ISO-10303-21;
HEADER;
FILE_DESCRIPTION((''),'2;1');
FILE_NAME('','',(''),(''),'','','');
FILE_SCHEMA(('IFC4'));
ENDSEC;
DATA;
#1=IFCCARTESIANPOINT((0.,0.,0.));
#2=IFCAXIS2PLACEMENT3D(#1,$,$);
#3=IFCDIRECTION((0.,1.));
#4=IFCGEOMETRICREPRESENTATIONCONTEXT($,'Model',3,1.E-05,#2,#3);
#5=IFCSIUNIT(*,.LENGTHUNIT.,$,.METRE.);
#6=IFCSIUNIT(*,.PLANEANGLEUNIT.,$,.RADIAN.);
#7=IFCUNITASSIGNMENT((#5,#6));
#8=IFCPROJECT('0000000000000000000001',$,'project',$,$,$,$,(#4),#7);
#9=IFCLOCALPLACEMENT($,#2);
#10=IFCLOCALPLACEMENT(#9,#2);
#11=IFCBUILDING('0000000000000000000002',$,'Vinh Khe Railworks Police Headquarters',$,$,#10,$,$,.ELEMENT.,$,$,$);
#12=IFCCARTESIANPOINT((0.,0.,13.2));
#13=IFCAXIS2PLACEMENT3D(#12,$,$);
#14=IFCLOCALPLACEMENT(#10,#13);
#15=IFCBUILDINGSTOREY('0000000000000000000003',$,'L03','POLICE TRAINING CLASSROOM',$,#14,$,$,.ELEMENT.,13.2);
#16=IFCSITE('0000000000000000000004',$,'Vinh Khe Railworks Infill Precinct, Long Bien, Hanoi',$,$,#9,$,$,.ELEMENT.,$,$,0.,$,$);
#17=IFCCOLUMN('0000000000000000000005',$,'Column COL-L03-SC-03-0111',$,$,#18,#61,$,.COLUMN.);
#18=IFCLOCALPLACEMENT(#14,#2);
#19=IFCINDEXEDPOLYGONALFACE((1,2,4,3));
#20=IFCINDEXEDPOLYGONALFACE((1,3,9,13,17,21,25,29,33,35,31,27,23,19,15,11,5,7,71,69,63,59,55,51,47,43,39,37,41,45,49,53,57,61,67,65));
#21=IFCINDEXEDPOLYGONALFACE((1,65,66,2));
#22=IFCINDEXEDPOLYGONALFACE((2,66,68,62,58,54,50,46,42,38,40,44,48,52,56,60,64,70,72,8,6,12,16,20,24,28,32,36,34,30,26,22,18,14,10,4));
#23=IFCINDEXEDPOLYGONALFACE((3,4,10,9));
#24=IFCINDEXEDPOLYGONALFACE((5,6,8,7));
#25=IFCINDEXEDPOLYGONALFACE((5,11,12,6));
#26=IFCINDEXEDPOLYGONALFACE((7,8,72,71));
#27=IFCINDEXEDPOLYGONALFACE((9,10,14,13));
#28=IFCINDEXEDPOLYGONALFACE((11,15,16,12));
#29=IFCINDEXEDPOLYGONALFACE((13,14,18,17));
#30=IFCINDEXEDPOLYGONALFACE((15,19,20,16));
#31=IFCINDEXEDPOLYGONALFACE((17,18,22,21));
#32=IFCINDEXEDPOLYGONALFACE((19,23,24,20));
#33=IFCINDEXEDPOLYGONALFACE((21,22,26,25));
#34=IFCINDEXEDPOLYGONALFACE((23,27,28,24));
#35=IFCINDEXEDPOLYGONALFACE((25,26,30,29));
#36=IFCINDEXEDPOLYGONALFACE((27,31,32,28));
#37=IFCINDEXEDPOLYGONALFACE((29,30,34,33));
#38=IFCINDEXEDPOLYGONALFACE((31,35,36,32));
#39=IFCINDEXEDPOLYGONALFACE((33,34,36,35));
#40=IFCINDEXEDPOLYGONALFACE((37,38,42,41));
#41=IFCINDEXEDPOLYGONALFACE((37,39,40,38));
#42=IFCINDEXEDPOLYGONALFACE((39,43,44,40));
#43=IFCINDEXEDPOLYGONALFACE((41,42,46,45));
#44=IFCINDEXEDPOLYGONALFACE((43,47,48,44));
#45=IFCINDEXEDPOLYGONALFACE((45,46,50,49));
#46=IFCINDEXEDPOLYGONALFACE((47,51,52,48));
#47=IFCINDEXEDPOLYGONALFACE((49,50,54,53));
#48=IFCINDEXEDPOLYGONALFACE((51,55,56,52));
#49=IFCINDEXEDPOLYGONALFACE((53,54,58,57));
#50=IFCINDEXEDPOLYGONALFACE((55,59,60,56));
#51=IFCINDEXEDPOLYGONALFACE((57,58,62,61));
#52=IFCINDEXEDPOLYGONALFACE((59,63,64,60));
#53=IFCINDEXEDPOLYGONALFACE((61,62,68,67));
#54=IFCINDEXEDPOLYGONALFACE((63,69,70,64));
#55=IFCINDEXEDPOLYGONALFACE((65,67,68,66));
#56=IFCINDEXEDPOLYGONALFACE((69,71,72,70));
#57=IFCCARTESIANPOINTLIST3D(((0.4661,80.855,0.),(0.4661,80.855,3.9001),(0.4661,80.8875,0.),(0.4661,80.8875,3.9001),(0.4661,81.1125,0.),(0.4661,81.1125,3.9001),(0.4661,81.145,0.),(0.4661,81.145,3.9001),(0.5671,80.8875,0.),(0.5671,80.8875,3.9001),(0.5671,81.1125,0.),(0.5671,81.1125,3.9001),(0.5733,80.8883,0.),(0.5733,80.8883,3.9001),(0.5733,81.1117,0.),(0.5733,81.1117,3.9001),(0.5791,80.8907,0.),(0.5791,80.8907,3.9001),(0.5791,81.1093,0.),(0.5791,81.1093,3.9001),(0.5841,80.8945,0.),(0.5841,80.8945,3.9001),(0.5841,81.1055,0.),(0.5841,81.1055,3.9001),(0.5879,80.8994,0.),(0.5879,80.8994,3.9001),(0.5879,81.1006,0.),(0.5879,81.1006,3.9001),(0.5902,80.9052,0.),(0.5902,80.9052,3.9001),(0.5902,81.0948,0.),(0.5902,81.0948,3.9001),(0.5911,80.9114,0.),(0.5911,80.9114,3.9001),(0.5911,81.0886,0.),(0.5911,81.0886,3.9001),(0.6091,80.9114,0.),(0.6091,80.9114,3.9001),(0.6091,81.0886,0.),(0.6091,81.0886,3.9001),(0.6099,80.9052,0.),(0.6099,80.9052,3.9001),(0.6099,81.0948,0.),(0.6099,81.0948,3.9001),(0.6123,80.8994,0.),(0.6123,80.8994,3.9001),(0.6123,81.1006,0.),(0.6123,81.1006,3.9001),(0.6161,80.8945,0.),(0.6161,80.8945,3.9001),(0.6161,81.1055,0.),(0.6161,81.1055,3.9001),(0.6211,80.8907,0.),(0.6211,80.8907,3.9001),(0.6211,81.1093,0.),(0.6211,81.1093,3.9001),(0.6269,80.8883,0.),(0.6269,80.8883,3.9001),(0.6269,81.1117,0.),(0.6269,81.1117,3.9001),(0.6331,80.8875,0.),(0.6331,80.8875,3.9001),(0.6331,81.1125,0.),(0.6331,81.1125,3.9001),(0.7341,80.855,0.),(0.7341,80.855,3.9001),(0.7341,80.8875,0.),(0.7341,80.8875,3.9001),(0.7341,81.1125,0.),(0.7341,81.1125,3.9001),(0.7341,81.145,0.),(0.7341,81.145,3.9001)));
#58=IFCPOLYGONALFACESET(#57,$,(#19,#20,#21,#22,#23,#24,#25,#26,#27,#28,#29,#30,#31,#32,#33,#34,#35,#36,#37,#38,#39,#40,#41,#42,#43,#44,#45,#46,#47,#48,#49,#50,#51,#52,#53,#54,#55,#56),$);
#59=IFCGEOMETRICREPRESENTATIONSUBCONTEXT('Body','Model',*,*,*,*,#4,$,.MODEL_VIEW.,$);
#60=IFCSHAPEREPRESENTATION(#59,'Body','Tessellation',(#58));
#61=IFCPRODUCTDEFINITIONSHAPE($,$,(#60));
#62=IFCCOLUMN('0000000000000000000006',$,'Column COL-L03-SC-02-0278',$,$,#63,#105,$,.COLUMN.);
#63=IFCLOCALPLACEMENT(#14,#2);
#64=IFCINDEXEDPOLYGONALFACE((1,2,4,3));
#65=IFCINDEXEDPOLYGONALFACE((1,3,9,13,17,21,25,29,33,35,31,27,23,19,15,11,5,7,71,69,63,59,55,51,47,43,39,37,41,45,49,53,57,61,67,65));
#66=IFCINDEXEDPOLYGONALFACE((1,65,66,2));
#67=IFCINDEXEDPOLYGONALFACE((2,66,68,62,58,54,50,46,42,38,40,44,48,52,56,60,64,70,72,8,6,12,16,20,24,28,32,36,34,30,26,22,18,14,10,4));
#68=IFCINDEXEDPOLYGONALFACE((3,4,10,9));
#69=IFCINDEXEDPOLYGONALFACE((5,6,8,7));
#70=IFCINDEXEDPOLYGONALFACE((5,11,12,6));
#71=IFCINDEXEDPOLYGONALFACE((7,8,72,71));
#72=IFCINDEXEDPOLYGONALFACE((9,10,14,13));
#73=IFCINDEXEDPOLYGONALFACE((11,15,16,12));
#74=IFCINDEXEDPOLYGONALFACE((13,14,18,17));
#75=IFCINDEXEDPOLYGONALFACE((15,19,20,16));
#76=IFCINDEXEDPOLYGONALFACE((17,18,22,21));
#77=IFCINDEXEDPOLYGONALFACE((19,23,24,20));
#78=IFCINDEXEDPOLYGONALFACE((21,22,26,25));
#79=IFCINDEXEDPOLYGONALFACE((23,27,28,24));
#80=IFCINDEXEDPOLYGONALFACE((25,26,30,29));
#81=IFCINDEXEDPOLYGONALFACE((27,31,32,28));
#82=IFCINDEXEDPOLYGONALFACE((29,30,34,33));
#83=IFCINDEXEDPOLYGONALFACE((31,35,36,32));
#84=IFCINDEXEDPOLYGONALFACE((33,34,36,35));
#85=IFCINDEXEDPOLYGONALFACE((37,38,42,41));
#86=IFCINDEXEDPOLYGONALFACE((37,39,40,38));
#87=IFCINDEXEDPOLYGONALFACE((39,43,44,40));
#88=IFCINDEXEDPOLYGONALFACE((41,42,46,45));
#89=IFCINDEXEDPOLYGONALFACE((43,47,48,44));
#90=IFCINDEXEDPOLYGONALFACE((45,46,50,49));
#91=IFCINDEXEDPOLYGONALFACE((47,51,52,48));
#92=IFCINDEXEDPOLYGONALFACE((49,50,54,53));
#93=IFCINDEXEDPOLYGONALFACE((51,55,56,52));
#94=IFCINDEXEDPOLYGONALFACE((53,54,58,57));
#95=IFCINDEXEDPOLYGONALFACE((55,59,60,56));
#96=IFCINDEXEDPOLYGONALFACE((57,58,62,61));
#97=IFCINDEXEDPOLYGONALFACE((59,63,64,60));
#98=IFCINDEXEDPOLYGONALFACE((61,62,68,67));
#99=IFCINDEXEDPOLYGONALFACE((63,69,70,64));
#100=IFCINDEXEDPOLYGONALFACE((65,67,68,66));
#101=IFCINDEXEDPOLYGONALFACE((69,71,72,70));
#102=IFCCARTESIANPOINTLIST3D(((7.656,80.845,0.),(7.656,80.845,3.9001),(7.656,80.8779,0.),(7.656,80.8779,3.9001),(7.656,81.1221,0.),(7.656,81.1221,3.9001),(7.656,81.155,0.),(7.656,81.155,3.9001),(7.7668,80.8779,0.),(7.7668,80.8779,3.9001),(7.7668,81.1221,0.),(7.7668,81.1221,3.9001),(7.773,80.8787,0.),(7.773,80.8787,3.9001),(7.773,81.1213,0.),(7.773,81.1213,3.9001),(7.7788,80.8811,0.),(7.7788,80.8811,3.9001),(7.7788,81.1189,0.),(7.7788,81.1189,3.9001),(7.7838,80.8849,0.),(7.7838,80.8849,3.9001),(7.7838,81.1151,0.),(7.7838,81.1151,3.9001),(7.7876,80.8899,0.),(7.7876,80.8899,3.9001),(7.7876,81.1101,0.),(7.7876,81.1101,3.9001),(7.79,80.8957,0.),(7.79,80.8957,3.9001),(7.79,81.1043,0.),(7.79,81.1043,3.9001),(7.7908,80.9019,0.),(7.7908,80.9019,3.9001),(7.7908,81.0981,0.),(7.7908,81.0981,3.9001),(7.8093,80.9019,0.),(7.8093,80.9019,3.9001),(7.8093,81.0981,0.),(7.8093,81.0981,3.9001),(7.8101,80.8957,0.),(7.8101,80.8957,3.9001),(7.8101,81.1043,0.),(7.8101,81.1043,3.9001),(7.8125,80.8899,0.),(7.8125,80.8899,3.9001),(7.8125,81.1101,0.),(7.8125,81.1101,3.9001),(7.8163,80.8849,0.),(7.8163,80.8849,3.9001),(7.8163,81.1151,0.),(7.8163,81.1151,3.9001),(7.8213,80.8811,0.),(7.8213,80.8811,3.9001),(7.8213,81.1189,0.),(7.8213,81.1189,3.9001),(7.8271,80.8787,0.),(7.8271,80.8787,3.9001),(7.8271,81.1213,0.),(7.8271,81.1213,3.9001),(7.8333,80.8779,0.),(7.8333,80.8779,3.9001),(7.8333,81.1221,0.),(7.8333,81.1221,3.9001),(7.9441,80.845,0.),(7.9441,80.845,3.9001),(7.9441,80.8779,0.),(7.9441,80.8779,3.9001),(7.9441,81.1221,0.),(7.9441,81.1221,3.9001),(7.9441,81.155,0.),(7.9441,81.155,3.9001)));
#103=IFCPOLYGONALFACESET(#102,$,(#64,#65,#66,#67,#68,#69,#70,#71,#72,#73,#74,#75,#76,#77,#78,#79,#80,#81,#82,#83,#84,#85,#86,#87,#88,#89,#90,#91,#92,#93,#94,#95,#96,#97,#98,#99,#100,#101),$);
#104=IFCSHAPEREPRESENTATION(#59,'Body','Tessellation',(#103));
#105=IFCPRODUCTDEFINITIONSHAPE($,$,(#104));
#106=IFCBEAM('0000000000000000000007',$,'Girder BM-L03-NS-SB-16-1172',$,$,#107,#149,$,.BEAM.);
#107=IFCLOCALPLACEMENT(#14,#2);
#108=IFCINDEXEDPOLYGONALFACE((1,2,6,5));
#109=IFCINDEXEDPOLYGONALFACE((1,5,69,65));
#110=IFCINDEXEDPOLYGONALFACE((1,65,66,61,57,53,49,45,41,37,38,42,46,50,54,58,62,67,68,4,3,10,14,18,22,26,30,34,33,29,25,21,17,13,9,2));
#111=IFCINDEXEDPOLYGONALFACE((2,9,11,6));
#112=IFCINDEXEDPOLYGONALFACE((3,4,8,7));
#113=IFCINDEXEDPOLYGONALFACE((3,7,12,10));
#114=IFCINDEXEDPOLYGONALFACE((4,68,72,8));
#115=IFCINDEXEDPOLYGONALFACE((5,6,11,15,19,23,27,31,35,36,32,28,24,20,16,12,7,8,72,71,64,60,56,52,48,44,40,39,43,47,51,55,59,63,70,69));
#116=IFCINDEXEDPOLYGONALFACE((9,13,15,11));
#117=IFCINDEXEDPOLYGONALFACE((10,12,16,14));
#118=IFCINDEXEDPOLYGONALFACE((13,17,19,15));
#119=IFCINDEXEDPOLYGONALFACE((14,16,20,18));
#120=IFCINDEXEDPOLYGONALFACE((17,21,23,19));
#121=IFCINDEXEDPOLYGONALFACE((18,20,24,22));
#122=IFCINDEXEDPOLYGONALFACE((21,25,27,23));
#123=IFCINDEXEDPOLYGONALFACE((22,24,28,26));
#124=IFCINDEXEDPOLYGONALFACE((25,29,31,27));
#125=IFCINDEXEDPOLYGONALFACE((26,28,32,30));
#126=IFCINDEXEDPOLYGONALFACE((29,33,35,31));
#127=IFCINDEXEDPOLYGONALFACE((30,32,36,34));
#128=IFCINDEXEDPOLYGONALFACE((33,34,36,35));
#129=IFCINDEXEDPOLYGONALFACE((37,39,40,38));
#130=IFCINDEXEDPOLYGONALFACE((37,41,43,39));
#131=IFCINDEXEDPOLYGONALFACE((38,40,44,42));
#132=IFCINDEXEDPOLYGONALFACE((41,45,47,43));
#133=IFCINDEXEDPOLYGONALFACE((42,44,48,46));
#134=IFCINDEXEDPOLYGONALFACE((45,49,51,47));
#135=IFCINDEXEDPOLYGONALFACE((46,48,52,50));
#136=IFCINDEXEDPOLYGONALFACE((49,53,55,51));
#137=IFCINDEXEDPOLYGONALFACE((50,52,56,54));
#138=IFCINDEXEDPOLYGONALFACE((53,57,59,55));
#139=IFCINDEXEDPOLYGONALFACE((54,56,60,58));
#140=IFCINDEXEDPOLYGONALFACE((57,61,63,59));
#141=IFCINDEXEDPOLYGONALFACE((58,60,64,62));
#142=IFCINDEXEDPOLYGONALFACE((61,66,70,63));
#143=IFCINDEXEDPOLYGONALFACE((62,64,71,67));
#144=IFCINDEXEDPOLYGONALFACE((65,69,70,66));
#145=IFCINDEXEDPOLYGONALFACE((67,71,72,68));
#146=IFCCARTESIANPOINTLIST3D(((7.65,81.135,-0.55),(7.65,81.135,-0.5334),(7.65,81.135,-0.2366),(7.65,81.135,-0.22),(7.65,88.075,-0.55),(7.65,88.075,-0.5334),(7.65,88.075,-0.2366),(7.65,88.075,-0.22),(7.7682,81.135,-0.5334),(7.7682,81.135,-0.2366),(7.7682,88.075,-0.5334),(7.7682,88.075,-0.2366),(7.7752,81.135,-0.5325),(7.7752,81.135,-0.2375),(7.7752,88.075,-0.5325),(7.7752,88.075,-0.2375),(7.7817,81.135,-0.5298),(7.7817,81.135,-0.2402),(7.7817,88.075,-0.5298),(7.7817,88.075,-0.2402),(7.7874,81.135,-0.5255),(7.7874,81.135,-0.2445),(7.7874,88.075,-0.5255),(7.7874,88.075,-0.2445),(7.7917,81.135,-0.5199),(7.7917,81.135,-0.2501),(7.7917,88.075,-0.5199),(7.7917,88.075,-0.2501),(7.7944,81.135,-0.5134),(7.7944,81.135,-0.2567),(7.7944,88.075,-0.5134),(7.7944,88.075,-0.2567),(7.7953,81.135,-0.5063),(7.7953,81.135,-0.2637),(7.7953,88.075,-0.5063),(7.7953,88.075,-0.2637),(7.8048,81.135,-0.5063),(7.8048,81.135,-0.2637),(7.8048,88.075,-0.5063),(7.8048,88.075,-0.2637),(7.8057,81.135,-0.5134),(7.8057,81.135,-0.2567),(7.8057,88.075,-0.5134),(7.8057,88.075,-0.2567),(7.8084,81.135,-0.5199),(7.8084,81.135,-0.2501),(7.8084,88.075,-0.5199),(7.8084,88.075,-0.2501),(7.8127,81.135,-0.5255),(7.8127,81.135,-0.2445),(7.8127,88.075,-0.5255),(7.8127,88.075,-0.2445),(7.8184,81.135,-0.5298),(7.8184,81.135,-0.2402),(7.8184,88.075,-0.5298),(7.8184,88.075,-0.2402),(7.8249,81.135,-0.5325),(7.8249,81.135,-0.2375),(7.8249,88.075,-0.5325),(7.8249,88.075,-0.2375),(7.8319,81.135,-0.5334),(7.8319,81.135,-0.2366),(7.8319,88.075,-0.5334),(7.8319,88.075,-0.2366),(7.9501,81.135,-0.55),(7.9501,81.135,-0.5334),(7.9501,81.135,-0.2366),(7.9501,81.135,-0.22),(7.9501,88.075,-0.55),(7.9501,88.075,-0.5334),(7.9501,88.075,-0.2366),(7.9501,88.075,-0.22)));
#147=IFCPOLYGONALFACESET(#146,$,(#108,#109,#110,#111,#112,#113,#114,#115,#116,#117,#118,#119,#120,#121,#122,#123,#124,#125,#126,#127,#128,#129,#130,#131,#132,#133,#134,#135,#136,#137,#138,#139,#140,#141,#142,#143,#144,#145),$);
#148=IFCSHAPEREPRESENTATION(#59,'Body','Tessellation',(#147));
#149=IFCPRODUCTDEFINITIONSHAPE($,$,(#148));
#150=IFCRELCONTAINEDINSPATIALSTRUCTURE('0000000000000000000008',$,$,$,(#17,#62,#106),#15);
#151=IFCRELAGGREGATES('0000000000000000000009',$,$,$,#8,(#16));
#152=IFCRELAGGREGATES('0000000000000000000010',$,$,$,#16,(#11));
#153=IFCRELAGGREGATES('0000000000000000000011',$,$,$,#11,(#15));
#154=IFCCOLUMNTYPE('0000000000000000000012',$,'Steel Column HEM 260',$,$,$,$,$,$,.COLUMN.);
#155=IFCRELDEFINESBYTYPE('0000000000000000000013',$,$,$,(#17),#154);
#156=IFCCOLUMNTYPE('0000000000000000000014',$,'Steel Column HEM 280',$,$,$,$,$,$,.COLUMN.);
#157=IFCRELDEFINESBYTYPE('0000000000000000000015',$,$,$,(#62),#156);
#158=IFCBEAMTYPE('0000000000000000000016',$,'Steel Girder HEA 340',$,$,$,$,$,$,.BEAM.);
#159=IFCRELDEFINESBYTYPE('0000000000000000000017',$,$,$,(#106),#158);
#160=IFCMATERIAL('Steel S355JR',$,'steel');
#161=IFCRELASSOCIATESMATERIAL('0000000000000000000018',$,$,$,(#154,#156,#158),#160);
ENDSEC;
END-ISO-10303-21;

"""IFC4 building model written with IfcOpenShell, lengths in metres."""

from ifc_helpers import new_model, si_unit, direction, frame, origin, origin_2d, place, context, subcontext, project, spatial, i_section, extrude, material, material_profile, profile_set, type_object, element, save


model = new_model("IFC4")

# Units and contexts
model_context = context("Model", 3, precision=1e-05, world=origin(), true_north=direction((0.0, 1.0)))
body_context = subcontext(model_context, "Body", "Model", "MODEL_VIEW")
ifc_project = project(units=[si_unit("LENGTHUNIT", "METRE"), si_unit("PLANEANGLEUNIT", "RADIAN")], contexts=[model_context])

# Site, building, storey
site_placement = place(None, origin())
site = spatial("IfcSite", under=ifc_project, at=site_placement, Name="Vinh Khe Railworks Infill Precinct, Long Bien, Hanoi", CompositionType="ELEMENT", RefElevation=0.0)
building_placement = place(site_placement, origin())
building = spatial("IfcBuilding", under=site, at=building_placement, Name="Vinh Khe Railworks Police Headquarters", CompositionType="ELEMENT")
storey_placement = place(building_placement, frame((0.0, 0.0, 13.2)))
storey = spatial("IfcBuildingStorey", under=building, at=storey_placement, Name="L03", Description="POLICE TRAINING CLASSROOM", CompositionType="ELEMENT", Elevation=13.2)

# Columns
ifc_material_1 = material(Name="Steel S355JR", Category="steel")
ifc_material_profile_1 = material_profile(ifc_material_1, i_section(OverallWidth=0.2681, OverallDepth=0.29, WebThickness=0.0181, FlangeThickness=0.0325, FilletRadius=0.0239, at=origin_2d()), Name="HEM 260")
ifc_profile_set_1 = profile_set([ifc_material_profile_1], Name="Steel S355JR")
column_type_1 = type_object("IfcColumnType", Name="Steel Column HEM 260", PredefinedType="COLUMN", material=ifc_profile_set_1)
column_1_placement = place(storey_placement, frame((0.6001, 81.0, 0.0), z_axis=(0.0, 0.0, 1.0), x_axis=(1.0, 0.0, 0.0)))
element("IfcColumn", 1, at=column_1_placement, inside=storey, type_object=column_type_1, Name="Column COL-L03-SC-03-0111", PredefinedType="COLUMN", context=body_context, shape_type="SweptSolid", body=[
    extrude(i_section(OverallWidth=0.2681, OverallDepth=0.29, WebThickness=0.0181, FlangeThickness=0.0325, FilletRadius=0.0239, at=origin_2d()), origin(), (0.0, 0.0, 1.0), 3.9001),
])
ifc_material_profile_2 = material_profile(ifc_material_1, i_section(OverallWidth=0.2881, OverallDepth=0.3101, WebThickness=0.0186, FlangeThickness=0.033, FilletRadius=0.0239, at=origin_2d()), Name="HEM 280")
ifc_profile_set_2 = profile_set([ifc_material_profile_2], Name="Steel S355JR")
column_type_2 = type_object("IfcColumnType", Name="Steel Column HEM 280", PredefinedType="COLUMN", material=ifc_profile_set_2)
column_2_placement = place(storey_placement, frame((7.8, 81.0, 0.0), z_axis=(0.0, 0.0, 1.0), x_axis=(1.0, 0.0, 0.0)))
element("IfcColumn", 2, at=column_2_placement, inside=storey, type_object=column_type_2, Name="Column COL-L03-SC-02-0278", PredefinedType="COLUMN", context=body_context, shape_type="SweptSolid", body=[
    extrude(i_section(OverallWidth=0.2881, OverallDepth=0.3101, WebThickness=0.0186, FlangeThickness=0.033, FilletRadius=0.0239, at=origin_2d()), origin(), (0.0, 0.0, 1.0), 3.9001),
])

# Beam
ifc_material_profile_3 = material_profile(ifc_material_1, i_section(OverallWidth=0.3, OverallDepth=0.3301, WebThickness=0.0095, FlangeThickness=0.0166, FilletRadius=0.0271, at=origin_2d()), Name="HEA 340")
ifc_profile_set_3 = profile_set([ifc_material_profile_3], Name="Steel S355JR")
beam_type_1 = type_object("IfcBeamType", Name="Steel Girder HEA 340", PredefinedType="BEAM", material=ifc_profile_set_3)
beam_1_placement = place(storey_placement, frame((7.8, 81.135, -0.385), z_axis=(0.0, 1.0, 0.0), x_axis=(-1.0, 0.0, 0.0)))
element("IfcBeam", 3, at=beam_1_placement, inside=storey, type_object=beam_type_1, Name="Girder BM-L03-NS-SB-16-1172", PredefinedType="BEAM", context=body_context, shape_type="SweptSolid", body=[
    extrude(i_section(OverallWidth=0.3, OverallDepth=0.3301, WebThickness=0.0095, FlangeThickness=0.0166, FilletRadius=0.0271, at=origin_2d()), origin(), (0.0, 0.0, 1.0), 6.9399),
])

save(model, "model.ifc")
